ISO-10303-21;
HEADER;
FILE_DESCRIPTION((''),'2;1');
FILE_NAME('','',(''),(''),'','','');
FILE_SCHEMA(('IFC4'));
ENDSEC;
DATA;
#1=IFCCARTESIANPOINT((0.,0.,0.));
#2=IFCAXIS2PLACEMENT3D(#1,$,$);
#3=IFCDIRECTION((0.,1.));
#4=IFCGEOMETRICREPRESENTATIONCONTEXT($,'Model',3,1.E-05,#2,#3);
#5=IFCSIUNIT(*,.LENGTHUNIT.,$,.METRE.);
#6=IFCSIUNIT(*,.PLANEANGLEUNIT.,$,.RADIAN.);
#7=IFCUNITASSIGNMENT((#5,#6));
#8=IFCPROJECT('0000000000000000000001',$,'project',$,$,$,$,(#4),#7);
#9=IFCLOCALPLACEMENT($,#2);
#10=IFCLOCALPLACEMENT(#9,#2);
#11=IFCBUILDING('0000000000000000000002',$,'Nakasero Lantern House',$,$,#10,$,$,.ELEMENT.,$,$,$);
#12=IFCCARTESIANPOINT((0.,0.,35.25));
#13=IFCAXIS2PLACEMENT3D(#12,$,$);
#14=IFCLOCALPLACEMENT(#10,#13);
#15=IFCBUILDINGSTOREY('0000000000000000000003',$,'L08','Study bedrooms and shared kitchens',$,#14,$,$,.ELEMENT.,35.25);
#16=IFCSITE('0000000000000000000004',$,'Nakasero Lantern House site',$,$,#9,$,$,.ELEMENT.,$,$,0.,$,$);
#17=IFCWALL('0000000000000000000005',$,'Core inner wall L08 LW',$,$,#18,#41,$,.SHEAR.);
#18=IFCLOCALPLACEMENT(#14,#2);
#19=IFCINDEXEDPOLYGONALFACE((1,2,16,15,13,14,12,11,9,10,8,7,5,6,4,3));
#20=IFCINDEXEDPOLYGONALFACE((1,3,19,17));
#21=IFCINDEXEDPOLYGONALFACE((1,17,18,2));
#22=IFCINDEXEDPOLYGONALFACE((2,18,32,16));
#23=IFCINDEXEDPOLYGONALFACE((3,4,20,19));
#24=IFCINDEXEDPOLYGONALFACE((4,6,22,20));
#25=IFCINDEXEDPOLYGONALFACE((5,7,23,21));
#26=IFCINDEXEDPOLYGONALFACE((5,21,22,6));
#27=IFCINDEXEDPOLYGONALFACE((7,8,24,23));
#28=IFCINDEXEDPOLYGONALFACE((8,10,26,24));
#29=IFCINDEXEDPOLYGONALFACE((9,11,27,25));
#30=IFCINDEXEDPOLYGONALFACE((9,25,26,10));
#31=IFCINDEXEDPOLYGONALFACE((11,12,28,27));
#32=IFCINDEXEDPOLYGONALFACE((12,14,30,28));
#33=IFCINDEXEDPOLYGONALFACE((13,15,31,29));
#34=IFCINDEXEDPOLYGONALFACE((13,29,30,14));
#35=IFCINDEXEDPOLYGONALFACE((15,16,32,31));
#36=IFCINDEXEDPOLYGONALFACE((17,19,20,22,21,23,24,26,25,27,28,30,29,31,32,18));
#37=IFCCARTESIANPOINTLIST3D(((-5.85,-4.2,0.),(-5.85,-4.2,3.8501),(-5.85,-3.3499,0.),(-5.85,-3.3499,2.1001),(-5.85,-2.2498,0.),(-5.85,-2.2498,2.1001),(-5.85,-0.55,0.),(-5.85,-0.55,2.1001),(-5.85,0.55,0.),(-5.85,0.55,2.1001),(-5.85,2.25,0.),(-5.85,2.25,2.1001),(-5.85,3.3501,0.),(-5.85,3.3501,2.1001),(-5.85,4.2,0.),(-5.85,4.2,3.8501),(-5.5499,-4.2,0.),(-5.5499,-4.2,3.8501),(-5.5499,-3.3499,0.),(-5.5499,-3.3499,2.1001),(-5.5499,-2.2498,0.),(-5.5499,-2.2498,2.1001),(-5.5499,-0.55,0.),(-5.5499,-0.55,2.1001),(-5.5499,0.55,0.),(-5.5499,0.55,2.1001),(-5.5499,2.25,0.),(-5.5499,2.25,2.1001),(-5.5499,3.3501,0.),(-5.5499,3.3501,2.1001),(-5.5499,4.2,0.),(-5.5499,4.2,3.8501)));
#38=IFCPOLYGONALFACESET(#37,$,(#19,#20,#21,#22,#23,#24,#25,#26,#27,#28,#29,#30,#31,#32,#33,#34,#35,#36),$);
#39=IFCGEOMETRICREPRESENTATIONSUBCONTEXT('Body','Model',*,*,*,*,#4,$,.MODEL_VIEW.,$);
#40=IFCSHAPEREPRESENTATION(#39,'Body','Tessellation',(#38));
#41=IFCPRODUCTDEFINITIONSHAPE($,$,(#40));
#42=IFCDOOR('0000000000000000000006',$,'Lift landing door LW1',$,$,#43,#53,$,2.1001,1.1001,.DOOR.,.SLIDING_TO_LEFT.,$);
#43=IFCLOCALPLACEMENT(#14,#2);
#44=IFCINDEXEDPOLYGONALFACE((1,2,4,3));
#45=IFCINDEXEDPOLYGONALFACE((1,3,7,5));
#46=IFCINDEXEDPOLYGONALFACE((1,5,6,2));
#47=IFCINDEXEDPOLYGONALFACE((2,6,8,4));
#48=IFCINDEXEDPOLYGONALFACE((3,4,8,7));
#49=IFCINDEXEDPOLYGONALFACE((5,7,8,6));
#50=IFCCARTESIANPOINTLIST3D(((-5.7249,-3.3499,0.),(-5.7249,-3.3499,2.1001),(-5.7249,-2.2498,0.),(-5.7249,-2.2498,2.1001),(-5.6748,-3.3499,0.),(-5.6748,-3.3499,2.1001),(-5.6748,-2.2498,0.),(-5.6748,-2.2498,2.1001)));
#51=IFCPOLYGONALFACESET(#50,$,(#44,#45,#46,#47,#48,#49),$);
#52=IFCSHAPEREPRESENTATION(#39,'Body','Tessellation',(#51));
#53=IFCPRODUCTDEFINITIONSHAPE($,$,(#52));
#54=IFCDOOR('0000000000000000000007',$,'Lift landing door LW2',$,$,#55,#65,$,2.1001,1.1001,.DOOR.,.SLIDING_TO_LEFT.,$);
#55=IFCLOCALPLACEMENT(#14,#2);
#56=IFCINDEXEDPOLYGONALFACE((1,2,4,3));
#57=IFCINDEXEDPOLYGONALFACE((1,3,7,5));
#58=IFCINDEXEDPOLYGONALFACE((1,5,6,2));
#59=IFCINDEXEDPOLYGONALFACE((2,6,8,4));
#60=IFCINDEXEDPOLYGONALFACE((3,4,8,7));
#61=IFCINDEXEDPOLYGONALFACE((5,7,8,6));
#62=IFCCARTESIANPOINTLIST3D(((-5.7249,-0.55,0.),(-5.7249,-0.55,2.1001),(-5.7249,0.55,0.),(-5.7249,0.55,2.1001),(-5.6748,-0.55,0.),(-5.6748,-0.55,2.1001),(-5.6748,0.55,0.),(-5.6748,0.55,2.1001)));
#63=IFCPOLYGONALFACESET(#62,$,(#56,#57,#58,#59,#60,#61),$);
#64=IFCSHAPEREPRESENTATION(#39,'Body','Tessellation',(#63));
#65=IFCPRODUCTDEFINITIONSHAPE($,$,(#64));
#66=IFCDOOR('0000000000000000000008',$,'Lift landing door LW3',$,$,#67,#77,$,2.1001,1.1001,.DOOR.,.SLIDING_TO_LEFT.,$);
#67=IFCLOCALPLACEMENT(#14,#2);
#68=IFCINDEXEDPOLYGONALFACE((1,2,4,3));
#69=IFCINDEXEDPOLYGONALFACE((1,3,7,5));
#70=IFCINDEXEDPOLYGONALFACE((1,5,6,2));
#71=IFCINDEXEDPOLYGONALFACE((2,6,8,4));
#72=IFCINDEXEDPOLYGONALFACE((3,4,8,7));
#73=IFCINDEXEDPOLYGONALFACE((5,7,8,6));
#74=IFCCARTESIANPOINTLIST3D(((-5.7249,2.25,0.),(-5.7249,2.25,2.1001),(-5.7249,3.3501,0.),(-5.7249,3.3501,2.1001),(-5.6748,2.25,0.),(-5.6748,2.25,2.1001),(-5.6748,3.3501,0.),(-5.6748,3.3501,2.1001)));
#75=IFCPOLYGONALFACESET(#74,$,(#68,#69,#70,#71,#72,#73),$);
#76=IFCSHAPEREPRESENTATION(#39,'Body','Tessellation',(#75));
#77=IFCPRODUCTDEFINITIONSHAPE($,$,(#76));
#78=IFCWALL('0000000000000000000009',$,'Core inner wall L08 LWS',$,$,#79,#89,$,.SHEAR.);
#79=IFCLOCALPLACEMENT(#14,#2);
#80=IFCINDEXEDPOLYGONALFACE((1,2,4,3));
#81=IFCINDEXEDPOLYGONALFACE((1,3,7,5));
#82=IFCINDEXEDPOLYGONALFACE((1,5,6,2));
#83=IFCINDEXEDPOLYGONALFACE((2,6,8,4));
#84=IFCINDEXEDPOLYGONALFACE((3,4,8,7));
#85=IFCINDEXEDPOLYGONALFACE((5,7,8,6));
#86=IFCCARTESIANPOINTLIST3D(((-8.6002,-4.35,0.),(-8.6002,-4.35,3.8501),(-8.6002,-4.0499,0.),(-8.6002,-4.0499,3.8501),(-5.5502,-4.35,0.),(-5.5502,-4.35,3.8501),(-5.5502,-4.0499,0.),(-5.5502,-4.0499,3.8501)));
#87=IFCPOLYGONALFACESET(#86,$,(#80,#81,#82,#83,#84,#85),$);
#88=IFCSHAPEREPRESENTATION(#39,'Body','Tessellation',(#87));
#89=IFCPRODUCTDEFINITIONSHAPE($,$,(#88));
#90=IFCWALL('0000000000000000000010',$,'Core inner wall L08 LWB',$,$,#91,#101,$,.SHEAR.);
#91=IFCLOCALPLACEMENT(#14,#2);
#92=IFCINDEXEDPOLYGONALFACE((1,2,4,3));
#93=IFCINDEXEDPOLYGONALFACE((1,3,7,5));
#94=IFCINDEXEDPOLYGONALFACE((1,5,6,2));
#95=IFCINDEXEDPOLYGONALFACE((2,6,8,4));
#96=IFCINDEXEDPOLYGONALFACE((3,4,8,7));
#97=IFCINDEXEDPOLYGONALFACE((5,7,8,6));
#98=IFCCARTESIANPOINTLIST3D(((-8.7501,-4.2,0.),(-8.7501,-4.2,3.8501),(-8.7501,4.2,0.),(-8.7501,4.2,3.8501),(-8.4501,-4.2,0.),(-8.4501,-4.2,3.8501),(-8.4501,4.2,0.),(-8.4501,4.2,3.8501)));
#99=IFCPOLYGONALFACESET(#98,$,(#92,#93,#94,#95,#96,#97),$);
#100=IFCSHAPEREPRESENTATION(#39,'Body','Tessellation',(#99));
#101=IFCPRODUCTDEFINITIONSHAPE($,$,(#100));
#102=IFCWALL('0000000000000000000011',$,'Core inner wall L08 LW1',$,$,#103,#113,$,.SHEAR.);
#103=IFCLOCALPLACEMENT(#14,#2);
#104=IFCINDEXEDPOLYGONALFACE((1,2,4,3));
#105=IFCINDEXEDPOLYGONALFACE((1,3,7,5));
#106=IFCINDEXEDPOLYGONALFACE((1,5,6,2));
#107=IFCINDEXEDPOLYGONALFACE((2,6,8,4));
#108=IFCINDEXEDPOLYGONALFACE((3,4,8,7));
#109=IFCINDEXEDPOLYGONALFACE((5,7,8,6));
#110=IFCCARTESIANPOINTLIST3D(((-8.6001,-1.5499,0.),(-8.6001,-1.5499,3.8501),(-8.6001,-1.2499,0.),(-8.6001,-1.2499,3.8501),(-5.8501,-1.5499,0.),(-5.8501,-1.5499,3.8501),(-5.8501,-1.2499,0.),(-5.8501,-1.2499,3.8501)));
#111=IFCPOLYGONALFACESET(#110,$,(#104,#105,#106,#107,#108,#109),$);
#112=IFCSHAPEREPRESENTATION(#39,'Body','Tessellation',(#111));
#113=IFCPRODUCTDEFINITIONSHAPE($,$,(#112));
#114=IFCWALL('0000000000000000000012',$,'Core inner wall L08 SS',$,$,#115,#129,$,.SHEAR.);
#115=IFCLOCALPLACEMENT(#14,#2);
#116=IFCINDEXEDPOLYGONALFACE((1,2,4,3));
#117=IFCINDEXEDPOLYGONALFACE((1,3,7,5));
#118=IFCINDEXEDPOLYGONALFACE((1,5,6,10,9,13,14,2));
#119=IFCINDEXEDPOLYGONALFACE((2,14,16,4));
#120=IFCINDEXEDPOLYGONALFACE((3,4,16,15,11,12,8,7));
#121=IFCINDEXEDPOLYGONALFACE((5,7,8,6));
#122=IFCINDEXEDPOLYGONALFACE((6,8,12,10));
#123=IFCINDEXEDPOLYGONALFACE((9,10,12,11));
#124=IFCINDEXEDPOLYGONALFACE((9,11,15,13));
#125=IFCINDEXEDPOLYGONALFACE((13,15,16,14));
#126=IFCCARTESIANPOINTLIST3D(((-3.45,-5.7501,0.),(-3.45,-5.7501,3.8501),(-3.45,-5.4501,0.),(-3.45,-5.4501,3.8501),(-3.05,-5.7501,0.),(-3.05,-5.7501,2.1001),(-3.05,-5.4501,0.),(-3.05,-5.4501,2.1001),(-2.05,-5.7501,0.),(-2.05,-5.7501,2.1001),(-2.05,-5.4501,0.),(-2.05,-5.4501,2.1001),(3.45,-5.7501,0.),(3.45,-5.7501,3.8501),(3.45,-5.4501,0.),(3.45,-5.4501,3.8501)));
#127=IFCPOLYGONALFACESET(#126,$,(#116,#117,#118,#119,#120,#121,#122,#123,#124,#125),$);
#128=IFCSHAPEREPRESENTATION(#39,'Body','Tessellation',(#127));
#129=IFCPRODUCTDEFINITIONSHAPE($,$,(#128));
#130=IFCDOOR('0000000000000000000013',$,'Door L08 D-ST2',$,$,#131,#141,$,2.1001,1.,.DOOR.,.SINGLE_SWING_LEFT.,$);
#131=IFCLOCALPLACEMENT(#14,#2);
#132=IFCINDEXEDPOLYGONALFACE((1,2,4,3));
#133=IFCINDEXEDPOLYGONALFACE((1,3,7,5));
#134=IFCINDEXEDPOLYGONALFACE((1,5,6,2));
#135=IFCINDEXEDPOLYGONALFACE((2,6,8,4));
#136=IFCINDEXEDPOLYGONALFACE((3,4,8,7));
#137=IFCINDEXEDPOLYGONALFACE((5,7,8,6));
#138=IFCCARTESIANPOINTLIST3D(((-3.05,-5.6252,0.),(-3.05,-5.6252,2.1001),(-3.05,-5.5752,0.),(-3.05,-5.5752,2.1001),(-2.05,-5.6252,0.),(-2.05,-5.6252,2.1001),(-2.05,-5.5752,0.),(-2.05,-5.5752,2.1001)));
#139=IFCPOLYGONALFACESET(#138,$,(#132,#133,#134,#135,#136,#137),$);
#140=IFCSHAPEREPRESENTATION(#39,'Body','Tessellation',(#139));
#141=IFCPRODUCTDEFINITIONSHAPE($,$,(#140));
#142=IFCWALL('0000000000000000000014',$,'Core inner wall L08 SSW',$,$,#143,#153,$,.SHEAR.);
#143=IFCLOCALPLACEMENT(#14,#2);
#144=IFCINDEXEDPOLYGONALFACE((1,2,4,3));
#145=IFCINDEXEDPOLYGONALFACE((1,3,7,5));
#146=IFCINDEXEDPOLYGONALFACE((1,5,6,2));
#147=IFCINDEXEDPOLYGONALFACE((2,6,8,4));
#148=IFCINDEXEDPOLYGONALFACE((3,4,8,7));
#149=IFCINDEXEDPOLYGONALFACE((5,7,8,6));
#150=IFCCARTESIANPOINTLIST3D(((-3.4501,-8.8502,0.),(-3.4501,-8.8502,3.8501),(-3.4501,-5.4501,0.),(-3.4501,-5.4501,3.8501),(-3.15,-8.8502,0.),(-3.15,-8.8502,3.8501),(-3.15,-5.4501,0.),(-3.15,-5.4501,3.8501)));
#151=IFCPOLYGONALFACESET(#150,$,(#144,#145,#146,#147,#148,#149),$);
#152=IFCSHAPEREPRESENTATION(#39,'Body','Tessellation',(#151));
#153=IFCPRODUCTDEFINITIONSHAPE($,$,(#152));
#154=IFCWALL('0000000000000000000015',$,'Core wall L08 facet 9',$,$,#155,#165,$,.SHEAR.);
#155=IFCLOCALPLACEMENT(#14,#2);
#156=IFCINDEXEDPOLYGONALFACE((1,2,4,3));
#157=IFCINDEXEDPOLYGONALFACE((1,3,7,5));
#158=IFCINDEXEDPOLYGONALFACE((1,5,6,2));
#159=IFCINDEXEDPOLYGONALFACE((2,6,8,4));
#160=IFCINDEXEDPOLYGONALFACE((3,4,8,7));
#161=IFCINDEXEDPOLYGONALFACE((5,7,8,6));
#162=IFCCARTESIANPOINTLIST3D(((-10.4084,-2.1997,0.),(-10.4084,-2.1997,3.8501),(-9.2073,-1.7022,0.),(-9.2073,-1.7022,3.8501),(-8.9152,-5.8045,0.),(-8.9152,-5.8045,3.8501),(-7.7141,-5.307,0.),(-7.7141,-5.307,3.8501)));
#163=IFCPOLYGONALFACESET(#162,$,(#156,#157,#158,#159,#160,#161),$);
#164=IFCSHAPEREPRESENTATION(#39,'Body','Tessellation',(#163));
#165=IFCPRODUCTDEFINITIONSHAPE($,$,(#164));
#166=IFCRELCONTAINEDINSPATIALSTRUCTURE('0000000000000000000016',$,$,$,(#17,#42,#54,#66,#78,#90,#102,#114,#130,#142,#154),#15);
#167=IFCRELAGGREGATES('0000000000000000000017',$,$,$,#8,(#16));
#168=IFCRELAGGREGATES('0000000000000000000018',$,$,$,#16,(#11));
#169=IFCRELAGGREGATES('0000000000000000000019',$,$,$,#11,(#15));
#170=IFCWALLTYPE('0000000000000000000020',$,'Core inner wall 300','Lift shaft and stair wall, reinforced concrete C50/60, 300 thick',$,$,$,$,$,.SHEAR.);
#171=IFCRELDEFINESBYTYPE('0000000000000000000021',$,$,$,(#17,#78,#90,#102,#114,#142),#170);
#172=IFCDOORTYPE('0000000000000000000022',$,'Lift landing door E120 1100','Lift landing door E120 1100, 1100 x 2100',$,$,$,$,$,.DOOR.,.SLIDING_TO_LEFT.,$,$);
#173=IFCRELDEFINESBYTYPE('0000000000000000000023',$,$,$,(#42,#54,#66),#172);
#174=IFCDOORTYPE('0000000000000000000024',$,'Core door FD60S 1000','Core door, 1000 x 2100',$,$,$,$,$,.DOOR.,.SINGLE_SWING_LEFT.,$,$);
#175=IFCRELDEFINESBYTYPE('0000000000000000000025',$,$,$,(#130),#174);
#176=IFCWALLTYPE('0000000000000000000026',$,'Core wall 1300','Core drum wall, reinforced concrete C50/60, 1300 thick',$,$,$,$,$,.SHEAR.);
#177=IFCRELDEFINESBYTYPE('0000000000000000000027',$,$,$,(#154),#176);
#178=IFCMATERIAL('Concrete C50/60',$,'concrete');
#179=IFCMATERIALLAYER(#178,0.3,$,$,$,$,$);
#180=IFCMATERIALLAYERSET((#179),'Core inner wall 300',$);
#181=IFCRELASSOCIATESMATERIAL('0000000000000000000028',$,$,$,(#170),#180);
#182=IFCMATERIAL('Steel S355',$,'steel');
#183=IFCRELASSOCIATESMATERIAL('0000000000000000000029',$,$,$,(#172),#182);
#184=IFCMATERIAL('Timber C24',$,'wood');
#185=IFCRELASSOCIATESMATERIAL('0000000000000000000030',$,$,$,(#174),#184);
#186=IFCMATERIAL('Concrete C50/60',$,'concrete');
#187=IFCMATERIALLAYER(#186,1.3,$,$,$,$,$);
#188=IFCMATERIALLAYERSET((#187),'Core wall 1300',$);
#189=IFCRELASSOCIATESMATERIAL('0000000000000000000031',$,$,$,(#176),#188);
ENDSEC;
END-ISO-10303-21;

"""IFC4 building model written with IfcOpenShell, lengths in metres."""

from ifc_helpers import new_model, si_unit, direction, frame, frame_2d, origin, place, context, subcontext, project, spatial, rectangle, extrude, material, layer, layer_set, type_object, element, fill, save


model = new_model("IFC4")

# Units and contexts
model_context = context("Model", 3, precision=1e-05, world=origin(), true_north=direction((0.0, 1.0)))
body_context = subcontext(model_context, "Body", "Model", "MODEL_VIEW")
ifc_project = project(units=[si_unit("LENGTHUNIT", "METRE"), si_unit("PLANEANGLEUNIT", "RADIAN")], contexts=[model_context])

# Site, building, storey
site_placement = place(None, origin())
site = spatial("IfcSite", under=ifc_project, at=site_placement, Name="Nakasero Lantern House site", CompositionType="ELEMENT", RefElevation=0.0)
building_placement = place(site_placement, origin())
building = spatial("IfcBuilding", under=site, at=building_placement, Name="Nakasero Lantern House", CompositionType="ELEMENT")
storey_placement = place(building_placement, frame((0.0, 0.0, 35.25)))
storey = spatial("IfcBuildingStorey", under=building, at=storey_placement, Name="L08", Description="Study bedrooms and shared kitchens", CompositionType="ELEMENT", Elevation=35.25)

# Wall, openings, doors
ifc_material_1 = material(Name="Concrete C50/60", Category="concrete")
ifc_layer_1 = layer(ifc_material_1, 0.3)
ifc_layer_set_1 = layer_set([ifc_layer_1], Name="Core inner wall 300")
wall_type_1 = type_object("IfcWallType", Name="Core inner wall 300", Description="Lift shaft and stair wall, reinforced concrete C50/60, 300 thick", PredefinedType="SHEAR", material=ifc_layer_set_1)
wall_1_placement = place(storey_placement, frame((-5.7, -4.2, 0.0), z_axis=(0.0, 0.0, 1.0), x_axis=(0.0, 1.0, 0.0)))
wall_1 = element("IfcWall", 1, at=wall_1_placement, inside=storey, type_object=wall_type_1, Name="Core inner wall L08 LW", PredefinedType="SHEAR", context=body_context, shape_type="SweptSolid", body=[
    extrude(rectangle(XDim=8.3999, YDim=0.3, at=frame_2d((4.2, 0.0))), origin(), (0.0, 0.0, 1.0), 3.8501),
])
opening_1_placement = place(wall_1_placement, frame((0.8501, 0.0, 0.0)))
opening_1 = element("IfcOpeningElement", 2, at=opening_1_placement, cuts=wall_1, PredefinedType="OPENING", context=body_context, shape_type="SweptSolid", body=[
    extrude(rectangle(XDim=1.1001, YDim=2.1001, at=frame_2d((0.55, 1.05))), frame((0.0, 0.1699, 0.0), z_axis=(0.0, -1.0, 0.0), x_axis=(1.0, 0.0, 0.0)), (0.0, 0.0, 1.0), 0.3401),
])
opening_2_placement = place(wall_1_placement, frame((3.6499, 0.0, 0.0)))
opening_2 = element("IfcOpeningElement", 3, at=opening_2_placement, cuts=wall_1, PredefinedType="OPENING", context=body_context, shape_type="SweptSolid", body=[
    extrude(rectangle(XDim=1.1001, YDim=2.1001, at=frame_2d((0.55, 1.05))), frame((0.0, 0.1699, 0.0), z_axis=(0.0, -1.0, 0.0), x_axis=(1.0, 0.0, 0.0)), (0.0, 0.0, 1.0), 0.3401),
])
opening_3_placement = place(wall_1_placement, frame((6.45, 0.0, 0.0)))
opening_3 = element("IfcOpeningElement", 4, at=opening_3_placement, cuts=wall_1, PredefinedType="OPENING", context=body_context, shape_type="SweptSolid", body=[
    extrude(rectangle(XDim=1.1001, YDim=2.1001, at=frame_2d((0.55, 1.05))), frame((0.0, 0.1699, 0.0), z_axis=(0.0, -1.0, 0.0), x_axis=(1.0, 0.0, 0.0)), (0.0, 0.0, 1.0), 0.3401),
])
ifc_material_2 = material(Name="Steel S355", Category="steel")
door_type_1 = type_object("IfcDoorType", Name="Lift landing door E120 1100", Description="Lift landing door E120 1100, 1100 x 2100", OperationType="SLIDING_TO_LEFT", PredefinedType="DOOR", material=ifc_material_2)
door_1_placement = place(opening_1_placement, origin())
door_1 = element("IfcDoor", 5, at=door_1_placement, inside=storey, type_object=door_type_1, Name="Lift landing door LW1", OperationType="SLIDING_TO_LEFT", OverallHeight=2.1001, OverallWidth=1.1001, PredefinedType="DOOR", context=body_context, shape_type="SweptSolid", body=[
    extrude(rectangle(XDim=1.1001, YDim=2.1001, at=frame_2d((0.55, 1.05))), frame((0.0, 0.0249, 0.0), z_axis=(0.0, -1.0, 0.0), x_axis=(1.0, 0.0, 0.0)), (0.0, 0.0, 1.0), 0.05),
])
fill(opening_1, door_1)
door_2_placement = place(opening_2_placement, origin())
door_2 = element("IfcDoor", 6, at=door_2_placement, inside=storey, type_object=door_type_1, Name="Lift landing door LW2", OperationType="SLIDING_TO_LEFT", OverallHeight=2.1001, OverallWidth=1.1001, PredefinedType="DOOR", context=body_context, shape_type="SweptSolid", body=[
    extrude(rectangle(XDim=1.1001, YDim=2.1001, at=frame_2d((0.55, 1.05))), frame((0.0, 0.0249, 0.0), z_axis=(0.0, -1.0, 0.0), x_axis=(1.0, 0.0, 0.0)), (0.0, 0.0, 1.0), 0.05),
])
fill(opening_2, door_2)
door_3_placement = place(opening_3_placement, origin())
door_3 = element("IfcDoor", 7, at=door_3_placement, inside=storey, type_object=door_type_1, Name="Lift landing door LW3", OperationType="SLIDING_TO_LEFT", OverallHeight=2.1001, OverallWidth=1.1001, PredefinedType="DOOR", context=body_context, shape_type="SweptSolid", body=[
    extrude(rectangle(XDim=1.1001, YDim=2.1001, at=frame_2d((0.55, 1.05))), frame((0.0, 0.0249, 0.0), z_axis=(0.0, -1.0, 0.0), x_axis=(1.0, 0.0, 0.0)), (0.0, 0.0, 1.0), 0.05),
])
fill(opening_3, door_3)

# Walls
wall_2_placement = place(storey_placement, frame((-8.6001, -4.2, 0.0), z_axis=(0.0, 0.0, 1.0), x_axis=(1.0, 0.0, 0.0)))
element("IfcWall", 8, at=wall_2_placement, inside=storey, type_object=wall_type_1, Name="Core inner wall L08 LWS", PredefinedType="SHEAR", context=body_context, shape_type="SweptSolid", body=[
    extrude(rectangle(XDim=3.05, YDim=0.3, at=frame_2d((1.5249, 0.0))), origin(), (0.0, 0.0, 1.0), 3.8501),
])
wall_3_placement = place(storey_placement, frame((-8.6001, -4.2, 0.0), z_axis=(0.0, 0.0, 1.0), x_axis=(0.0, 1.0, 0.0)))
element("IfcWall", 9, at=wall_3_placement, inside=storey, type_object=wall_type_1, Name="Core inner wall L08 LWB", PredefinedType="SHEAR", context=body_context, shape_type="SweptSolid", body=[
    extrude(rectangle(XDim=8.3999, YDim=0.3, at=frame_2d((4.2, 0.0))), origin(), (0.0, 0.0, 1.0), 3.8501),
])
wall_4_placement = place(storey_placement, frame((-8.6001, -1.3999, 0.0), z_axis=(0.0, 0.0, 1.0), x_axis=(1.0, 0.0, 0.0)))
element("IfcWall", 10, at=wall_4_placement, inside=storey, type_object=wall_type_1, Name="Core inner wall L08 LW1", PredefinedType="SHEAR", context=body_context, shape_type="SweptSolid", body=[
    extrude(rectangle(XDim=2.75, YDim=0.3, at=frame_2d((1.375, 0.0))), origin(), (0.0, 0.0, 1.0), 3.8501),
])

# Wall, opening, door
wall_5_placement = place(storey_placement, frame((-3.45, -5.6001, 0.0), z_axis=(0.0, 0.0, 1.0), x_axis=(1.0, 0.0, 0.0)))
wall_5 = element("IfcWall", 11, at=wall_5_placement, inside=storey, type_object=wall_type_1, Name="Core inner wall L08 SS", PredefinedType="SHEAR", context=body_context, shape_type="SweptSolid", body=[
    extrude(rectangle(XDim=6.8999, YDim=0.3, at=frame_2d((3.45, 0.0))), origin(), (0.0, 0.0, 1.0), 3.8501),
])
opening_4_placement = place(wall_5_placement, frame((0.3999, 0.0, 0.0)))
opening_4 = element("IfcOpeningElement", 12, at=opening_4_placement, cuts=wall_5, PredefinedType="OPENING", context=body_context, shape_type="SweptSolid", body=[
    extrude(rectangle(XDim=1.0, YDim=2.1001, at=frame_2d((0.5, 1.05))), frame((0.0, 0.1699, 0.0), z_axis=(0.0, -1.0, 0.0), x_axis=(1.0, 0.0, 0.0)), (0.0, 0.0, 1.0), 0.3401),
])
ifc_material_3 = material(Name="Timber C24", Category="wood")
door_type_2 = type_object("IfcDoorType", Name="Core door FD60S 1000", Description="Core door, 1000 x 2100", OperationType="SINGLE_SWING_LEFT", PredefinedType="DOOR", material=ifc_material_3)
door_4_placement = place(opening_4_placement, origin())
door_4 = element("IfcDoor", 13, at=door_4_placement, inside=storey, type_object=door_type_2, Name="Door L08 D-ST2", OperationType="SINGLE_SWING_LEFT", OverallHeight=2.1001, OverallWidth=1.0, PredefinedType="DOOR", context=body_context, shape_type="SweptSolid", body=[
    extrude(rectangle(XDim=1.0, YDim=2.1001, at=frame_2d((0.5, 1.05))), frame((0.0, 0.0249, 0.0), z_axis=(0.0, -1.0, 0.0), x_axis=(1.0, 0.0, 0.0)), (0.0, 0.0, 1.0), 0.05),
])
fill(opening_4, door_4)

# Walls
wall_6_placement = place(storey_placement, frame((-3.3, -5.45, 0.0), z_axis=(0.0, 0.0, 1.0), x_axis=(0.0, -1.0, 0.0)))
element("IfcWall", 14, at=wall_6_placement, inside=storey, type_object=wall_type_1, Name="Core inner wall L08 SSW", PredefinedType="SHEAR", context=body_context, shape_type="SweptSolid", body=[
    extrude(rectangle(XDim=3.4001, YDim=0.3, at=frame_2d((1.7002, 0.0))), origin(), (0.0, 0.0, 1.0), 3.8501),
])
ifc_material_4 = material(Name="Concrete C50/60", Category="concrete")
ifc_layer_2 = layer(ifc_material_4, 1.3)
ifc_layer_set_2 = layer_set([ifc_layer_2], Name="Core wall 1300")
wall_type_2 = type_object("IfcWallType", Name="Core wall 1300", Description="Core drum wall, reinforced concrete C50/60, 1300 thick", PredefinedType="SHEAR", material=ifc_layer_set_2)
wall_7_placement = place(storey_placement, frame((-9.8079, -1.9509, 0.0), z_axis=(0.0, 0.0, 1.0), x_axis=(0.382691, -0.923877, 0.0)))
element("IfcWall", 15, at=wall_7_placement, inside=storey, type_object=wall_type_2, Name="Core wall L08 facet 9", PredefinedType="SHEAR", context=body_context, shape_type="SweptSolid", body=[
    extrude(rectangle(XDim=3.9019, YDim=1.3, at=frame_2d((1.9509, 0.0))), origin(), (0.0, 0.0, 1.0), 3.8501),
])

save(model, "model.ifc")
